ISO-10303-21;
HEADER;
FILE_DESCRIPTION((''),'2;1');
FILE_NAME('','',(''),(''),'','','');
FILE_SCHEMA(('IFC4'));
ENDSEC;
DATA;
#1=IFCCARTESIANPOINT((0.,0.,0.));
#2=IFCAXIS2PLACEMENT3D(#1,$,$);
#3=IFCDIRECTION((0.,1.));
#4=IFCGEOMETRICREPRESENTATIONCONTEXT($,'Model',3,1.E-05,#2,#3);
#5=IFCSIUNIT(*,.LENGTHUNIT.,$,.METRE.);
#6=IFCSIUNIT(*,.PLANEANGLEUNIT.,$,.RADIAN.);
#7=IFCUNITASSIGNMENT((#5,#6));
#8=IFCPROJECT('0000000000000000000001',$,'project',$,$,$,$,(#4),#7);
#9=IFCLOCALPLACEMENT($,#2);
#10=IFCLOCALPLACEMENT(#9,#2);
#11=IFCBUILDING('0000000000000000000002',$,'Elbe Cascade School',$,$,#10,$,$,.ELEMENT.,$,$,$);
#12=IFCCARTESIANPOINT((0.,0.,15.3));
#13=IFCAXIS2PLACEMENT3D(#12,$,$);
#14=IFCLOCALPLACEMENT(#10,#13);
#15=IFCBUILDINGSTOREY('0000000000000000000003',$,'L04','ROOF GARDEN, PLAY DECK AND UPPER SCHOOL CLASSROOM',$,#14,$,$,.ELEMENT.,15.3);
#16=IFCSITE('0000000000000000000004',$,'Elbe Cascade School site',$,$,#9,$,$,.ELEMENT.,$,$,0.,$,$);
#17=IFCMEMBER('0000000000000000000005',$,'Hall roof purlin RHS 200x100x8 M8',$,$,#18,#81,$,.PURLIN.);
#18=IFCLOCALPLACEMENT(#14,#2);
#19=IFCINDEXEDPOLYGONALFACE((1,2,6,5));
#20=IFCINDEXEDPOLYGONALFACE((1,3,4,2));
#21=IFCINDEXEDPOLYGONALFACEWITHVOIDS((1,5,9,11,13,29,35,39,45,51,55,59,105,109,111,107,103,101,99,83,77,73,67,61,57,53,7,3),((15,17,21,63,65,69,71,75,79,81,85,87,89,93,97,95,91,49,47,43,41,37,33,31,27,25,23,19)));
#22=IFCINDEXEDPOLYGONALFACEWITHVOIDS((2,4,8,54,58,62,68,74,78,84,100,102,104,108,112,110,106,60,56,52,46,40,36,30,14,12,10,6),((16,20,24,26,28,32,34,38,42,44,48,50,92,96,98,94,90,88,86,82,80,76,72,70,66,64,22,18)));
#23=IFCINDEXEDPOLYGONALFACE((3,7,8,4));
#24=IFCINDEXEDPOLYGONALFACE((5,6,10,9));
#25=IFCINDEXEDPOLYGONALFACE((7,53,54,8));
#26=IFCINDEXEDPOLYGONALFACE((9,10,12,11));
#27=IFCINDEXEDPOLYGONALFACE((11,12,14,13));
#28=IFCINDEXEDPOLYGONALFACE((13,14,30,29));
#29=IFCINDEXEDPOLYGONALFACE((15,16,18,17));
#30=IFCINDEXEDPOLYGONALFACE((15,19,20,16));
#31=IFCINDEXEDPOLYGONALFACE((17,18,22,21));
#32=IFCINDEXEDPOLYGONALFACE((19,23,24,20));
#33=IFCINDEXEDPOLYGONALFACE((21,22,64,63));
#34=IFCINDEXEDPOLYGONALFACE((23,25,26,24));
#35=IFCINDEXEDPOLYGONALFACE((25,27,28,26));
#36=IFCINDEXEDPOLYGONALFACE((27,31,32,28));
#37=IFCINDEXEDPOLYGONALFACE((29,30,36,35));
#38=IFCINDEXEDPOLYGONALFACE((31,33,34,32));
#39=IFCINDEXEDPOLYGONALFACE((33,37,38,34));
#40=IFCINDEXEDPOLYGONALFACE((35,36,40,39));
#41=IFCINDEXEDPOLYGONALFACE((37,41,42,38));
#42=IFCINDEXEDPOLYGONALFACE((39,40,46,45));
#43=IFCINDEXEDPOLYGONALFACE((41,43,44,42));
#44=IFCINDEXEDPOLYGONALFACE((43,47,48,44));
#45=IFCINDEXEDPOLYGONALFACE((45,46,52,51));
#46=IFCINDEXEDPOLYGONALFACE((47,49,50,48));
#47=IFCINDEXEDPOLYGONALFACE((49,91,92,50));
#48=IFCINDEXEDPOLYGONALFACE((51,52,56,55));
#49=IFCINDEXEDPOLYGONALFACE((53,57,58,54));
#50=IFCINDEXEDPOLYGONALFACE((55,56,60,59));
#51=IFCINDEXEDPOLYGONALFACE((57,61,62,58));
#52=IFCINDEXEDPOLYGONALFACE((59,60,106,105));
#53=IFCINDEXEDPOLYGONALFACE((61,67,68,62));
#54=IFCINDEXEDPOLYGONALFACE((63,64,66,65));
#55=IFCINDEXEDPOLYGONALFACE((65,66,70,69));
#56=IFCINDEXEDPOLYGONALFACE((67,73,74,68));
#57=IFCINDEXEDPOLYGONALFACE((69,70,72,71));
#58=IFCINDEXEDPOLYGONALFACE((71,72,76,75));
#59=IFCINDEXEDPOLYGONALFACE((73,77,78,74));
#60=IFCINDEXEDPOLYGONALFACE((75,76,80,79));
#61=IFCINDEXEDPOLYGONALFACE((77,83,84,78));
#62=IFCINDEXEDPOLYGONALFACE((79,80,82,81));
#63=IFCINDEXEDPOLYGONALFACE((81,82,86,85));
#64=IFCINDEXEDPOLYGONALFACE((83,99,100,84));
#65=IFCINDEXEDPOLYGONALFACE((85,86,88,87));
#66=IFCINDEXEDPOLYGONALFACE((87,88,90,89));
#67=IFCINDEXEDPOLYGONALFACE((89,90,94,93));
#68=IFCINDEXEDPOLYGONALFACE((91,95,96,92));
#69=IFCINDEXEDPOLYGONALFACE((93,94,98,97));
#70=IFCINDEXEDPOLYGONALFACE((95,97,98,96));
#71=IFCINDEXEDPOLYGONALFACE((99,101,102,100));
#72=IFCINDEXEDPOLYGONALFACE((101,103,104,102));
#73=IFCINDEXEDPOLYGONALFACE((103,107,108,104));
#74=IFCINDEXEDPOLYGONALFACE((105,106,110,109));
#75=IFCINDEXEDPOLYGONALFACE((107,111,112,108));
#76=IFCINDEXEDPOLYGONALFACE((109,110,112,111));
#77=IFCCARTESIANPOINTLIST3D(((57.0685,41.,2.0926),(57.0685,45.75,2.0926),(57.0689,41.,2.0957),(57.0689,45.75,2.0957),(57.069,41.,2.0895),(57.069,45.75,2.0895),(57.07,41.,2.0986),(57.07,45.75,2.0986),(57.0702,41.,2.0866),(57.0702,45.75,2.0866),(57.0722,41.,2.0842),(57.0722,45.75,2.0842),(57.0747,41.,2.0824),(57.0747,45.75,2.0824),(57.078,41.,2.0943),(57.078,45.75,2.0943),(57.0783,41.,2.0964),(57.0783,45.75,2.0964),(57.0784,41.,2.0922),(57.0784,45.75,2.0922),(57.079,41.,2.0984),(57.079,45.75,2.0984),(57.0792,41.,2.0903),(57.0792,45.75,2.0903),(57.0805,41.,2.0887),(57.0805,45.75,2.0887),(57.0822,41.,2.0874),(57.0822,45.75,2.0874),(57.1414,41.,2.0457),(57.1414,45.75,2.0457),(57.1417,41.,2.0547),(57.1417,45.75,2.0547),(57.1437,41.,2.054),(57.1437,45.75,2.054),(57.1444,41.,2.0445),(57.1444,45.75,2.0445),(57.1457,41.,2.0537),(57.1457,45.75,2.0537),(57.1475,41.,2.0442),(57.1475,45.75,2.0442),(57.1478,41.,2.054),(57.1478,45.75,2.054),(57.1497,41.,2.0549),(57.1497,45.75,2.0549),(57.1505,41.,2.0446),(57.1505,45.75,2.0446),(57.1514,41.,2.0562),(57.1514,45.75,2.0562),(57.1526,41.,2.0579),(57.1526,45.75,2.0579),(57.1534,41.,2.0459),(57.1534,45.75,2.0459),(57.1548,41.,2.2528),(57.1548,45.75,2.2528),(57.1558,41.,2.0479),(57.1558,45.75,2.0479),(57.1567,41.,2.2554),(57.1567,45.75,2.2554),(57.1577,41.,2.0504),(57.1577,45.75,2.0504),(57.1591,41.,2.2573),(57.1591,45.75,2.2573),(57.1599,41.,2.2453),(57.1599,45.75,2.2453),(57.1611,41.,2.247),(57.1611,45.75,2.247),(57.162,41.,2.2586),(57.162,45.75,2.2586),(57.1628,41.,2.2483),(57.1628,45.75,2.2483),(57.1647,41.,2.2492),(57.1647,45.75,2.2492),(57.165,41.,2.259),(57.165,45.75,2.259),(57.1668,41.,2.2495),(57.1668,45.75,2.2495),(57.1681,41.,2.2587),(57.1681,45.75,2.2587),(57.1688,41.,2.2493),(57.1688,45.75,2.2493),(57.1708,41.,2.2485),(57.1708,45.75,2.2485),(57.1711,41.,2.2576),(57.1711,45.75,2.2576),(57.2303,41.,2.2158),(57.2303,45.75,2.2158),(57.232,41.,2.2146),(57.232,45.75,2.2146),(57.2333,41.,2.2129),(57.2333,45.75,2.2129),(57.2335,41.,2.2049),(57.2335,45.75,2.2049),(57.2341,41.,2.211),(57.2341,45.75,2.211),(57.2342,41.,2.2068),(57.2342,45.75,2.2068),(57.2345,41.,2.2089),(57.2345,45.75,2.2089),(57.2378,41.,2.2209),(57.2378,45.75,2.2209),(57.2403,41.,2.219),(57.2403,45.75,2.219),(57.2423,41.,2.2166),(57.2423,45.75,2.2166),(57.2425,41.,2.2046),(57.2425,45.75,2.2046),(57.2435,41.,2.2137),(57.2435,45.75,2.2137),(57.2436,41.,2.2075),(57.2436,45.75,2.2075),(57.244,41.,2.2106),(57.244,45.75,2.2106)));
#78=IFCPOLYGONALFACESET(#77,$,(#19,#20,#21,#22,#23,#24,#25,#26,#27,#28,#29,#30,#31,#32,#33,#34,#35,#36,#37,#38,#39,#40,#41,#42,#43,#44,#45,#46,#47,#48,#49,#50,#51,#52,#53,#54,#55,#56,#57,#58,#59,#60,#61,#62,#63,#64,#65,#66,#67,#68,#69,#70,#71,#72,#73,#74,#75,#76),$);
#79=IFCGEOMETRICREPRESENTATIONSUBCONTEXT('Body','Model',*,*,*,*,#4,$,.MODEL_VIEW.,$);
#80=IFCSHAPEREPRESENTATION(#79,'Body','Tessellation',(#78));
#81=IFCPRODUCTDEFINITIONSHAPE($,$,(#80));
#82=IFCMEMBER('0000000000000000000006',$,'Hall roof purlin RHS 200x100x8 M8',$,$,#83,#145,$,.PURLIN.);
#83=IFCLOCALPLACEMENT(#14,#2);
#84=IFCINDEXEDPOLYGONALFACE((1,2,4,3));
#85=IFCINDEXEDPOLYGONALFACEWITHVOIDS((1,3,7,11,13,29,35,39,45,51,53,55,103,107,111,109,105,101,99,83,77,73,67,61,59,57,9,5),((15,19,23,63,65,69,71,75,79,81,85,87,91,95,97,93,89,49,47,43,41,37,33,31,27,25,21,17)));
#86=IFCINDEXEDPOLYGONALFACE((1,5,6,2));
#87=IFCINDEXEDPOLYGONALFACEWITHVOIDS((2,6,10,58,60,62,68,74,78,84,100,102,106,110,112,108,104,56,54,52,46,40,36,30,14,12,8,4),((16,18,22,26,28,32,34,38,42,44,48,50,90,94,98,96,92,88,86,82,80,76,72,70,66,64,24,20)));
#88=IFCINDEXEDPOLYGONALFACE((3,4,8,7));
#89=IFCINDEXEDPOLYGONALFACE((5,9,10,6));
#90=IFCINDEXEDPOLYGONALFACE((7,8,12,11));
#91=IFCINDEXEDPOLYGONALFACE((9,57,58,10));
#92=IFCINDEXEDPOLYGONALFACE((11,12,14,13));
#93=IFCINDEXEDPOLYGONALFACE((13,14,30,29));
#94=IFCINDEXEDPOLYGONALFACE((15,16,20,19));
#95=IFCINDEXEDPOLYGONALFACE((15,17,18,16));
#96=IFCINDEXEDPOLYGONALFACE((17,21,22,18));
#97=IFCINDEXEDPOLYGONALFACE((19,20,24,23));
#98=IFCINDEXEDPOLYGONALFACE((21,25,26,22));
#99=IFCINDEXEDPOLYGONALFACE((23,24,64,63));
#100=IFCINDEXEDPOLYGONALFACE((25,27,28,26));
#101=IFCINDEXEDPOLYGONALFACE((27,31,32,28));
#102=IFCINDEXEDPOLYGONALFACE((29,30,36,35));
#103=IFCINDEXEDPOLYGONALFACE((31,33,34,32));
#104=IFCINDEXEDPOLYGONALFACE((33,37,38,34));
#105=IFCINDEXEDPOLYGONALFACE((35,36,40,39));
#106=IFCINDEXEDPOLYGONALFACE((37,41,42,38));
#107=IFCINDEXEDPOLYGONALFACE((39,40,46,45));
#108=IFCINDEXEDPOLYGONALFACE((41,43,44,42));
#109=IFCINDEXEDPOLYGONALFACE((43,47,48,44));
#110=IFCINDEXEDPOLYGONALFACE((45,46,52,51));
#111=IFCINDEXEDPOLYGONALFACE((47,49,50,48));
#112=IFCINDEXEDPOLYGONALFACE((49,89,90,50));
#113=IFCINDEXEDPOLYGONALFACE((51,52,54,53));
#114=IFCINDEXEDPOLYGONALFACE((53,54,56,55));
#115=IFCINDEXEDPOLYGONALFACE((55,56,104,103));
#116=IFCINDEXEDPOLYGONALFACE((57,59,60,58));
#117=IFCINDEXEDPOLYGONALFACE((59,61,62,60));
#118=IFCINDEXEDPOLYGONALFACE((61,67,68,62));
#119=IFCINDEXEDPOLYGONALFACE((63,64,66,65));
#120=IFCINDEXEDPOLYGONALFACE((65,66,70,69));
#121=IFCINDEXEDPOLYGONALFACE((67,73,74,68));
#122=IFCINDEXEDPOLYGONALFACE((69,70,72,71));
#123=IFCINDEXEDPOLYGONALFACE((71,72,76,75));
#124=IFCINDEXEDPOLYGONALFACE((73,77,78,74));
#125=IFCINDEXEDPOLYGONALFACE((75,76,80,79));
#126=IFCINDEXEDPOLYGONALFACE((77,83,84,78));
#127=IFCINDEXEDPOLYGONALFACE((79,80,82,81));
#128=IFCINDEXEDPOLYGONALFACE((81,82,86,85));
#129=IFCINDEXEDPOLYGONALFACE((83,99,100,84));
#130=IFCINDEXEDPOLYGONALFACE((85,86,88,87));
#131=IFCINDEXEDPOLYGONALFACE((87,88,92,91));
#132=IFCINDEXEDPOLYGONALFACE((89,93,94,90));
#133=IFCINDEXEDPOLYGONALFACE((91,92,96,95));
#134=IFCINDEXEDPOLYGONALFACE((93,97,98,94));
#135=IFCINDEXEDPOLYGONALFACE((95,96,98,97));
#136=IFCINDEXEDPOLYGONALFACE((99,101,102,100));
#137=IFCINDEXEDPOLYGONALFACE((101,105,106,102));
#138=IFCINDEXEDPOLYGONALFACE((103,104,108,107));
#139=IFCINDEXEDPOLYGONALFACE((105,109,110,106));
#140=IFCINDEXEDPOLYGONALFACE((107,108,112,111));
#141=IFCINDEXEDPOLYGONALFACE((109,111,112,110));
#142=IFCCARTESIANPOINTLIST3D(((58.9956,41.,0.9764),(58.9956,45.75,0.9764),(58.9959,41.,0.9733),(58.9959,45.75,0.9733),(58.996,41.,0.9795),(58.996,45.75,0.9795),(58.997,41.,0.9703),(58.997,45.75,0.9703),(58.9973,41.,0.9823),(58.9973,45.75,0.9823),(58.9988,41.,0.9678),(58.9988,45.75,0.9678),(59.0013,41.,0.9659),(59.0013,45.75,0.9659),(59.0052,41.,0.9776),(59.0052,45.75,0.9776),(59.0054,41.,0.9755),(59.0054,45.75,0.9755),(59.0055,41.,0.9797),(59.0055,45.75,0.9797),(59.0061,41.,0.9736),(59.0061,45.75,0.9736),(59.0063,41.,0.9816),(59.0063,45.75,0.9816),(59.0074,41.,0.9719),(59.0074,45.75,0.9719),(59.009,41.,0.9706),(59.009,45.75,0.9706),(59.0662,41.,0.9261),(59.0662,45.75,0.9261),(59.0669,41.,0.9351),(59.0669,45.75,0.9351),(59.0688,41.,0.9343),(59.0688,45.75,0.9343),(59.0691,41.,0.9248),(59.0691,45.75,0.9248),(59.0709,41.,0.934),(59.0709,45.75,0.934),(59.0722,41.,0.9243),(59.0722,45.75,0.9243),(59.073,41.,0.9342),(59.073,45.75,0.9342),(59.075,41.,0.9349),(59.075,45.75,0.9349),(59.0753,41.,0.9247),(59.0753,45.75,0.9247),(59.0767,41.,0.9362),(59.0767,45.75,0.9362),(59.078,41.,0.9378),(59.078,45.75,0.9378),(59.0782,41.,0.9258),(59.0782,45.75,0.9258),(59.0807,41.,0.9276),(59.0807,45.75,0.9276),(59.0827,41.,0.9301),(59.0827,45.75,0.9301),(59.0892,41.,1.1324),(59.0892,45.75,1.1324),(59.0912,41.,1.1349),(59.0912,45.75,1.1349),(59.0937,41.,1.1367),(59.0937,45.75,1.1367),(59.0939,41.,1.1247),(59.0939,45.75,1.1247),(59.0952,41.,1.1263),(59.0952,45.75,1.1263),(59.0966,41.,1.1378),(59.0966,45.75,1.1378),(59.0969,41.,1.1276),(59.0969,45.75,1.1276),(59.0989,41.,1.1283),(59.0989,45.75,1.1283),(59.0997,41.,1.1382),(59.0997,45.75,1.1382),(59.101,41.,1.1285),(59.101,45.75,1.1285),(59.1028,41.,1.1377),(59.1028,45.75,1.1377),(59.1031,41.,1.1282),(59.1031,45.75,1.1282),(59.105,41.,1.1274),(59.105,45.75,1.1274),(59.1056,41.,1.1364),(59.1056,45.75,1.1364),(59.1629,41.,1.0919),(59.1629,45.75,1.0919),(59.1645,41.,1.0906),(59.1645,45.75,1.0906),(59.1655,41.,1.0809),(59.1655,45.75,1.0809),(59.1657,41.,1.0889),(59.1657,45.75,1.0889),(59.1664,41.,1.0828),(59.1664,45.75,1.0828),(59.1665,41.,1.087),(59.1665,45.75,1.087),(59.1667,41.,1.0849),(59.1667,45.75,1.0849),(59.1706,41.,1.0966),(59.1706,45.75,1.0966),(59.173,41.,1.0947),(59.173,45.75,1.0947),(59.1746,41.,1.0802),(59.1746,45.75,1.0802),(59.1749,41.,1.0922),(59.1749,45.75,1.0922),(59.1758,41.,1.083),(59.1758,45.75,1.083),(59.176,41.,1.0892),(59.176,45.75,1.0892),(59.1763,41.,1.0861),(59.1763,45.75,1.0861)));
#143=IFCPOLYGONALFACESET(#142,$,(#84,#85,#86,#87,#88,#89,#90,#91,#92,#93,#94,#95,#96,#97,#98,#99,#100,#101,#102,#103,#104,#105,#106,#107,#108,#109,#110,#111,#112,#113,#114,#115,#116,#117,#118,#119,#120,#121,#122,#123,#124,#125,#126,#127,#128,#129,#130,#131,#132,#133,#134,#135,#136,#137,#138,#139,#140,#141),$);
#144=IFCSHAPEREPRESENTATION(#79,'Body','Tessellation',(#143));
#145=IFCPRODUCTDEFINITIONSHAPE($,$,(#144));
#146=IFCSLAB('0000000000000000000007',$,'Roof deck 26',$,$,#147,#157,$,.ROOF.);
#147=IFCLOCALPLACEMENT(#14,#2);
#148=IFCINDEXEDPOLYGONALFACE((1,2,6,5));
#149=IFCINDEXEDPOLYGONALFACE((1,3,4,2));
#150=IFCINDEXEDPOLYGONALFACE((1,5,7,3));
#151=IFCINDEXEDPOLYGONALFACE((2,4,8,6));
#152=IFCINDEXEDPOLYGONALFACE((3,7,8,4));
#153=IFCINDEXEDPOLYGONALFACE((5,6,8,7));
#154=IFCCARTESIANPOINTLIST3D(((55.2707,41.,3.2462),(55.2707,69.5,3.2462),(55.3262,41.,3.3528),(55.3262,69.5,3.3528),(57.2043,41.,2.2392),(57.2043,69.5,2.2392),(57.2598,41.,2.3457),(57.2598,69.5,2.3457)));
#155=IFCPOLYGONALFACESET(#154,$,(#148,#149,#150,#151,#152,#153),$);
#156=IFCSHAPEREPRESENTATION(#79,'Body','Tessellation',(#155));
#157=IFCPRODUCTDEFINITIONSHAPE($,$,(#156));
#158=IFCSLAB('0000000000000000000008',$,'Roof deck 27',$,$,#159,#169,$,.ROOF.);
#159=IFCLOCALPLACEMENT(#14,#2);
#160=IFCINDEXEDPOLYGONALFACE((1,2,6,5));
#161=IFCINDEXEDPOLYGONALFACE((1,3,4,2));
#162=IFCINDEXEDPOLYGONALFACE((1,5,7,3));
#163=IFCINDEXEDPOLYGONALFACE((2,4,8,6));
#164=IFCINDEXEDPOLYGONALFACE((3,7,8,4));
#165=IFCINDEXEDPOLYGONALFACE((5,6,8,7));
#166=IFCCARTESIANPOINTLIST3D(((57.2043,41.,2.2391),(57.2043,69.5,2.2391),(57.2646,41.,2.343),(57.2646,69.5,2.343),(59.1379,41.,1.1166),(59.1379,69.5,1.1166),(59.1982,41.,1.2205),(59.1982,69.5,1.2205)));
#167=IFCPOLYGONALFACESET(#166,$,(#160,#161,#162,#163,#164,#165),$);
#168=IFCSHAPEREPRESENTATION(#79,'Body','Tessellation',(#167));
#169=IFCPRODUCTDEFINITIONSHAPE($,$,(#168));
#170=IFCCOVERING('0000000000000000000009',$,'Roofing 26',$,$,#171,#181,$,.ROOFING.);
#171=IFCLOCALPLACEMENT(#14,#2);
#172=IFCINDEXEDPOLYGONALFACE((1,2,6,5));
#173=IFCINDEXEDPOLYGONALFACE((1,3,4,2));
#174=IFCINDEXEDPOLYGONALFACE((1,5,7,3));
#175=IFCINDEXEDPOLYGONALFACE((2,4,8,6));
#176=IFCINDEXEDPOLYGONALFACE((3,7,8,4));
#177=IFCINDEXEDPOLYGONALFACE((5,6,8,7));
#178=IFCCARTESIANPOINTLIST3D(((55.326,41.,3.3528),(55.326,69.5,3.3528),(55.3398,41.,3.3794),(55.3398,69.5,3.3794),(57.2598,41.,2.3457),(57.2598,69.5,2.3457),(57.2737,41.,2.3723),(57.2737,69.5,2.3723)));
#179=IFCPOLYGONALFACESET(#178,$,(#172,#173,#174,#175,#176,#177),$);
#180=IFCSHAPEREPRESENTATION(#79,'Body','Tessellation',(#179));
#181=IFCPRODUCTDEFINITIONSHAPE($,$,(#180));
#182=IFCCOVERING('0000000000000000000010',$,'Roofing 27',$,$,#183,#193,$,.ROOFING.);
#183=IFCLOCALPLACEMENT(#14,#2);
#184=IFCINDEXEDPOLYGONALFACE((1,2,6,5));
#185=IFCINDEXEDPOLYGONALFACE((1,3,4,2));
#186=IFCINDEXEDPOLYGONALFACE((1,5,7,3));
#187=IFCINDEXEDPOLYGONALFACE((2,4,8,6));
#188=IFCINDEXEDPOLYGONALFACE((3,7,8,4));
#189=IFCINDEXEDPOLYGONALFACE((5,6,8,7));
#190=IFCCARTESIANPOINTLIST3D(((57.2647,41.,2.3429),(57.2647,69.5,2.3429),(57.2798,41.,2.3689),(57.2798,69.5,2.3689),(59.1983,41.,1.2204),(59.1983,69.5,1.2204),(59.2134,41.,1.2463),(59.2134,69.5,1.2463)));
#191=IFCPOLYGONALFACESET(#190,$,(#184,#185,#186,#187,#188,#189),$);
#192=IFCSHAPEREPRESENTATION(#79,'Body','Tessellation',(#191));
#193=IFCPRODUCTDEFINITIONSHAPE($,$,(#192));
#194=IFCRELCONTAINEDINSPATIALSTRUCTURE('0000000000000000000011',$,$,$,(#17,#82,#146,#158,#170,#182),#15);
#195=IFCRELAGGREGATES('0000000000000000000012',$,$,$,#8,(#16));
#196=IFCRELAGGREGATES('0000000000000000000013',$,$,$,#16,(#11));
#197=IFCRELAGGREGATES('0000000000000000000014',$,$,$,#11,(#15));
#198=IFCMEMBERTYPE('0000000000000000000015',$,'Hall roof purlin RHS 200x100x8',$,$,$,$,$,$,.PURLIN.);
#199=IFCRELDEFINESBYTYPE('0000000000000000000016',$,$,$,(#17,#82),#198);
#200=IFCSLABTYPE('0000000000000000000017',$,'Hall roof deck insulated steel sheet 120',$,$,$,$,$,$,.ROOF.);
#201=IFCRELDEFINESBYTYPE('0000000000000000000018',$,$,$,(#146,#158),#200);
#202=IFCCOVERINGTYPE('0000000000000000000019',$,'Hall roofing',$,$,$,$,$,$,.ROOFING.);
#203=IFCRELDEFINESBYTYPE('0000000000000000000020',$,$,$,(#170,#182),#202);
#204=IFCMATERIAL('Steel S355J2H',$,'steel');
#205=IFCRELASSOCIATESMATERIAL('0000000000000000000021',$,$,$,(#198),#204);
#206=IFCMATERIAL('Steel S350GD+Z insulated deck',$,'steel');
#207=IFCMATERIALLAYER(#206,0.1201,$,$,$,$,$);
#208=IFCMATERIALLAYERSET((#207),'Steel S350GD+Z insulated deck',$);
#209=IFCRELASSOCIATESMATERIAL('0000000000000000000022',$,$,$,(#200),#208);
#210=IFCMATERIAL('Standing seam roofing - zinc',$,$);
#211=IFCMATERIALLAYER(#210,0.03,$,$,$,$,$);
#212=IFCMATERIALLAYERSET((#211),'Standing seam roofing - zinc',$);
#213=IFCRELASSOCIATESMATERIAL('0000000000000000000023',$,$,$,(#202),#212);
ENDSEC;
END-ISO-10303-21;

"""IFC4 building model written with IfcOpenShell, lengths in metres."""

from ifc_helpers import new_model, si_unit, direction, frame, origin, origin_2d, place, context, subcontext, project, spatial, polyline, hollow_rectangle, outline, extrude, material, layer, layer_set, material_profile, profile_set, type_object, element, save


model = new_model("IFC4")

# Units and contexts
model_context = context("Model", 3, precision=1e-05, world=origin(), true_north=direction((0.0, 1.0)))
body_context = subcontext(model_context, "Body", "Model", "MODEL_VIEW")
ifc_project = project(units=[si_unit("LENGTHUNIT", "METRE"), si_unit("PLANEANGLEUNIT", "RADIAN")], contexts=[model_context])

# Site, building, storey
site_placement = place(None, origin())
site = spatial("IfcSite", under=ifc_project, at=site_placement, Name="Elbe Cascade School site", CompositionType="ELEMENT", RefElevation=0.0)
building_placement = place(site_placement, origin())
building = spatial("IfcBuilding", under=site, at=building_placement, Name="Elbe Cascade School", CompositionType="ELEMENT")
storey_placement = place(building_placement, frame((0.0, 0.0, 15.3)))
storey = spatial("IfcBuildingStorey", under=building, at=storey_placement, Name="L04", Description="ROOF GARDEN, PLAY DECK AND UPPER SCHOOL CLASSROOM", CompositionType="ELEMENT", Elevation=15.3)

# Members
ifc_material_1 = material(Name="Steel S355J2H", Category="steel")
ifc_material_profile_1 = material_profile(ifc_material_1, hollow_rectangle(XDim=0.1001, YDim=0.2, WallThickness=0.0081, InnerFilletRadius=0.0081, OuterFilletRadius=0.012, at=origin_2d()), Name="RHS 200x100x8")
ifc_profile_set_1 = profile_set([ifc_material_profile_1], Name="Steel S355J2H")
member_type_1 = type_object("IfcMemberType", Name="Hall roof purlin RHS 200x100x8", PredefinedType="PURLIN", material=ifc_profile_set_1)
for number, where, z_axis, x_axis, name in (
    (1, (57.1562, 41.0, 2.1516), (0.0, 1.0, 0.0), (-0.876252, 0.0, 0.481853), "Hall roof purlin RHS 200x100x8 M8"),
    (2, (59.0859, 41.0, 1.0312), (0.0, 1.0, 0.0), (-0.852941, 0.0, 0.522008), "Hall roof purlin RHS 200x100x8 M8"),
):
    element("IfcMember", number, at=place(storey_placement, frame(where, z_axis=z_axis, x_axis=x_axis)), inside=storey, type_object=member_type_1, Name=name, PredefinedType="PURLIN", context=body_context, shape_type="SweptSolid", body=[
        extrude(hollow_rectangle(XDim=0.1001, YDim=0.2, WallThickness=0.0081, InnerFilletRadius=0.0081, OuterFilletRadius=0.012, at=origin_2d()), origin(), (0.0, 0.0, 1.0), 4.75),
    ])

# Slabs
ifc_material_2 = material(Name="Steel S350GD+Z insulated deck", Category="steel")
ifc_layer_1 = layer(ifc_material_2, 0.1201)
ifc_layer_set_1 = layer_set([ifc_layer_1], Name="Steel S350GD+Z insulated deck")
slab_type = type_object("IfcSlabType", Name="Hall roof deck insulated steel sheet 120", PredefinedType="ROOF", material=ifc_layer_set_1)
slab_1_placement = place(storey_placement, frame((55.3262, 41.0, 3.3528), z_axis=(0.461934, 0.0, 0.886914), x_axis=(0.886914, 0.0, -0.461934)))
element("IfcSlab", 3, at=slab_1_placement, inside=storey, type_object=slab_type, Name="Roof deck 26", PredefinedType="ROOF", context=body_context, shape_type="SweptSolid", body=[
    extrude(outline(polyline([(0.0, 0.0), (2.1801, 0.0), (2.1801, 28.5), (0.0, 28.5), (0.0, 0.0)])), origin(), (0.0, 0.0, -1.0), 0.1201),
])
slab_2_placement = place(storey_placement, frame((57.2646, 41.0, 2.343), z_axis=(0.502078, 0.0, 0.864823), x_axis=(0.864823, 0.0, -0.502078)))
element("IfcSlab", 4, at=slab_2_placement, inside=storey, type_object=slab_type, Name="Roof deck 27", PredefinedType="ROOF", context=body_context, shape_type="SweptSolid", body=[
    extrude(outline(polyline([(0.0, 0.0), (2.2358, 0.0), (2.2358, 28.5), (0.0, 28.5), (0.0, 0.0)])), origin(), (0.0, 0.0, -1.0), 0.1201),
])

# Coverings
ifc_material_3 = material(Name="Standing seam roofing - zinc")
ifc_layer_2 = layer(ifc_material_3, 0.03)
ifc_layer_set_2 = layer_set([ifc_layer_2], Name="Standing seam roofing - zinc")
covering_type = type_object("IfcCoveringType", Name="Hall roofing", PredefinedType="ROOFING", material=ifc_layer_set_2)
covering_1_placement = place(storey_placement, frame((55.3398, 41.0, 3.3794), z_axis=(0.461889, 0.0, 0.886938), x_axis=(0.886938, 0.0, -0.461889)))
element("IfcCovering", 5, at=covering_1_placement, inside=storey, type_object=covering_type, Name="Roofing 26", PredefinedType="ROOFING", context=body_context, shape_type="SweptSolid", body=[
    extrude(outline(polyline([(0.0, 0.0), (2.1804, 0.0), (2.1804, 28.5), (0.0, 28.5), (0.0, 0.0)])), origin(), (0.0, 0.0, -1.0), 0.03),
])
covering_2_placement = place(storey_placement, frame((57.2798, 41.0, 2.3689), z_axis=(0.502078, 0.0, 0.864823), x_axis=(0.864823, 0.0, -0.502078)))
element("IfcCovering", 6, at=covering_2_placement, inside=storey, type_object=covering_type, Name="Roofing 27", PredefinedType="ROOFING", context=body_context, shape_type="SweptSolid", body=[
    extrude(outline(polyline([(0.0, 0.0), (2.2358, 0.0), (2.2358, 28.5), (0.0, 28.5), (0.0, 0.0)])), origin(), (0.0, 0.0, -1.0), 0.03),
])

save(model, "model.ifc")
